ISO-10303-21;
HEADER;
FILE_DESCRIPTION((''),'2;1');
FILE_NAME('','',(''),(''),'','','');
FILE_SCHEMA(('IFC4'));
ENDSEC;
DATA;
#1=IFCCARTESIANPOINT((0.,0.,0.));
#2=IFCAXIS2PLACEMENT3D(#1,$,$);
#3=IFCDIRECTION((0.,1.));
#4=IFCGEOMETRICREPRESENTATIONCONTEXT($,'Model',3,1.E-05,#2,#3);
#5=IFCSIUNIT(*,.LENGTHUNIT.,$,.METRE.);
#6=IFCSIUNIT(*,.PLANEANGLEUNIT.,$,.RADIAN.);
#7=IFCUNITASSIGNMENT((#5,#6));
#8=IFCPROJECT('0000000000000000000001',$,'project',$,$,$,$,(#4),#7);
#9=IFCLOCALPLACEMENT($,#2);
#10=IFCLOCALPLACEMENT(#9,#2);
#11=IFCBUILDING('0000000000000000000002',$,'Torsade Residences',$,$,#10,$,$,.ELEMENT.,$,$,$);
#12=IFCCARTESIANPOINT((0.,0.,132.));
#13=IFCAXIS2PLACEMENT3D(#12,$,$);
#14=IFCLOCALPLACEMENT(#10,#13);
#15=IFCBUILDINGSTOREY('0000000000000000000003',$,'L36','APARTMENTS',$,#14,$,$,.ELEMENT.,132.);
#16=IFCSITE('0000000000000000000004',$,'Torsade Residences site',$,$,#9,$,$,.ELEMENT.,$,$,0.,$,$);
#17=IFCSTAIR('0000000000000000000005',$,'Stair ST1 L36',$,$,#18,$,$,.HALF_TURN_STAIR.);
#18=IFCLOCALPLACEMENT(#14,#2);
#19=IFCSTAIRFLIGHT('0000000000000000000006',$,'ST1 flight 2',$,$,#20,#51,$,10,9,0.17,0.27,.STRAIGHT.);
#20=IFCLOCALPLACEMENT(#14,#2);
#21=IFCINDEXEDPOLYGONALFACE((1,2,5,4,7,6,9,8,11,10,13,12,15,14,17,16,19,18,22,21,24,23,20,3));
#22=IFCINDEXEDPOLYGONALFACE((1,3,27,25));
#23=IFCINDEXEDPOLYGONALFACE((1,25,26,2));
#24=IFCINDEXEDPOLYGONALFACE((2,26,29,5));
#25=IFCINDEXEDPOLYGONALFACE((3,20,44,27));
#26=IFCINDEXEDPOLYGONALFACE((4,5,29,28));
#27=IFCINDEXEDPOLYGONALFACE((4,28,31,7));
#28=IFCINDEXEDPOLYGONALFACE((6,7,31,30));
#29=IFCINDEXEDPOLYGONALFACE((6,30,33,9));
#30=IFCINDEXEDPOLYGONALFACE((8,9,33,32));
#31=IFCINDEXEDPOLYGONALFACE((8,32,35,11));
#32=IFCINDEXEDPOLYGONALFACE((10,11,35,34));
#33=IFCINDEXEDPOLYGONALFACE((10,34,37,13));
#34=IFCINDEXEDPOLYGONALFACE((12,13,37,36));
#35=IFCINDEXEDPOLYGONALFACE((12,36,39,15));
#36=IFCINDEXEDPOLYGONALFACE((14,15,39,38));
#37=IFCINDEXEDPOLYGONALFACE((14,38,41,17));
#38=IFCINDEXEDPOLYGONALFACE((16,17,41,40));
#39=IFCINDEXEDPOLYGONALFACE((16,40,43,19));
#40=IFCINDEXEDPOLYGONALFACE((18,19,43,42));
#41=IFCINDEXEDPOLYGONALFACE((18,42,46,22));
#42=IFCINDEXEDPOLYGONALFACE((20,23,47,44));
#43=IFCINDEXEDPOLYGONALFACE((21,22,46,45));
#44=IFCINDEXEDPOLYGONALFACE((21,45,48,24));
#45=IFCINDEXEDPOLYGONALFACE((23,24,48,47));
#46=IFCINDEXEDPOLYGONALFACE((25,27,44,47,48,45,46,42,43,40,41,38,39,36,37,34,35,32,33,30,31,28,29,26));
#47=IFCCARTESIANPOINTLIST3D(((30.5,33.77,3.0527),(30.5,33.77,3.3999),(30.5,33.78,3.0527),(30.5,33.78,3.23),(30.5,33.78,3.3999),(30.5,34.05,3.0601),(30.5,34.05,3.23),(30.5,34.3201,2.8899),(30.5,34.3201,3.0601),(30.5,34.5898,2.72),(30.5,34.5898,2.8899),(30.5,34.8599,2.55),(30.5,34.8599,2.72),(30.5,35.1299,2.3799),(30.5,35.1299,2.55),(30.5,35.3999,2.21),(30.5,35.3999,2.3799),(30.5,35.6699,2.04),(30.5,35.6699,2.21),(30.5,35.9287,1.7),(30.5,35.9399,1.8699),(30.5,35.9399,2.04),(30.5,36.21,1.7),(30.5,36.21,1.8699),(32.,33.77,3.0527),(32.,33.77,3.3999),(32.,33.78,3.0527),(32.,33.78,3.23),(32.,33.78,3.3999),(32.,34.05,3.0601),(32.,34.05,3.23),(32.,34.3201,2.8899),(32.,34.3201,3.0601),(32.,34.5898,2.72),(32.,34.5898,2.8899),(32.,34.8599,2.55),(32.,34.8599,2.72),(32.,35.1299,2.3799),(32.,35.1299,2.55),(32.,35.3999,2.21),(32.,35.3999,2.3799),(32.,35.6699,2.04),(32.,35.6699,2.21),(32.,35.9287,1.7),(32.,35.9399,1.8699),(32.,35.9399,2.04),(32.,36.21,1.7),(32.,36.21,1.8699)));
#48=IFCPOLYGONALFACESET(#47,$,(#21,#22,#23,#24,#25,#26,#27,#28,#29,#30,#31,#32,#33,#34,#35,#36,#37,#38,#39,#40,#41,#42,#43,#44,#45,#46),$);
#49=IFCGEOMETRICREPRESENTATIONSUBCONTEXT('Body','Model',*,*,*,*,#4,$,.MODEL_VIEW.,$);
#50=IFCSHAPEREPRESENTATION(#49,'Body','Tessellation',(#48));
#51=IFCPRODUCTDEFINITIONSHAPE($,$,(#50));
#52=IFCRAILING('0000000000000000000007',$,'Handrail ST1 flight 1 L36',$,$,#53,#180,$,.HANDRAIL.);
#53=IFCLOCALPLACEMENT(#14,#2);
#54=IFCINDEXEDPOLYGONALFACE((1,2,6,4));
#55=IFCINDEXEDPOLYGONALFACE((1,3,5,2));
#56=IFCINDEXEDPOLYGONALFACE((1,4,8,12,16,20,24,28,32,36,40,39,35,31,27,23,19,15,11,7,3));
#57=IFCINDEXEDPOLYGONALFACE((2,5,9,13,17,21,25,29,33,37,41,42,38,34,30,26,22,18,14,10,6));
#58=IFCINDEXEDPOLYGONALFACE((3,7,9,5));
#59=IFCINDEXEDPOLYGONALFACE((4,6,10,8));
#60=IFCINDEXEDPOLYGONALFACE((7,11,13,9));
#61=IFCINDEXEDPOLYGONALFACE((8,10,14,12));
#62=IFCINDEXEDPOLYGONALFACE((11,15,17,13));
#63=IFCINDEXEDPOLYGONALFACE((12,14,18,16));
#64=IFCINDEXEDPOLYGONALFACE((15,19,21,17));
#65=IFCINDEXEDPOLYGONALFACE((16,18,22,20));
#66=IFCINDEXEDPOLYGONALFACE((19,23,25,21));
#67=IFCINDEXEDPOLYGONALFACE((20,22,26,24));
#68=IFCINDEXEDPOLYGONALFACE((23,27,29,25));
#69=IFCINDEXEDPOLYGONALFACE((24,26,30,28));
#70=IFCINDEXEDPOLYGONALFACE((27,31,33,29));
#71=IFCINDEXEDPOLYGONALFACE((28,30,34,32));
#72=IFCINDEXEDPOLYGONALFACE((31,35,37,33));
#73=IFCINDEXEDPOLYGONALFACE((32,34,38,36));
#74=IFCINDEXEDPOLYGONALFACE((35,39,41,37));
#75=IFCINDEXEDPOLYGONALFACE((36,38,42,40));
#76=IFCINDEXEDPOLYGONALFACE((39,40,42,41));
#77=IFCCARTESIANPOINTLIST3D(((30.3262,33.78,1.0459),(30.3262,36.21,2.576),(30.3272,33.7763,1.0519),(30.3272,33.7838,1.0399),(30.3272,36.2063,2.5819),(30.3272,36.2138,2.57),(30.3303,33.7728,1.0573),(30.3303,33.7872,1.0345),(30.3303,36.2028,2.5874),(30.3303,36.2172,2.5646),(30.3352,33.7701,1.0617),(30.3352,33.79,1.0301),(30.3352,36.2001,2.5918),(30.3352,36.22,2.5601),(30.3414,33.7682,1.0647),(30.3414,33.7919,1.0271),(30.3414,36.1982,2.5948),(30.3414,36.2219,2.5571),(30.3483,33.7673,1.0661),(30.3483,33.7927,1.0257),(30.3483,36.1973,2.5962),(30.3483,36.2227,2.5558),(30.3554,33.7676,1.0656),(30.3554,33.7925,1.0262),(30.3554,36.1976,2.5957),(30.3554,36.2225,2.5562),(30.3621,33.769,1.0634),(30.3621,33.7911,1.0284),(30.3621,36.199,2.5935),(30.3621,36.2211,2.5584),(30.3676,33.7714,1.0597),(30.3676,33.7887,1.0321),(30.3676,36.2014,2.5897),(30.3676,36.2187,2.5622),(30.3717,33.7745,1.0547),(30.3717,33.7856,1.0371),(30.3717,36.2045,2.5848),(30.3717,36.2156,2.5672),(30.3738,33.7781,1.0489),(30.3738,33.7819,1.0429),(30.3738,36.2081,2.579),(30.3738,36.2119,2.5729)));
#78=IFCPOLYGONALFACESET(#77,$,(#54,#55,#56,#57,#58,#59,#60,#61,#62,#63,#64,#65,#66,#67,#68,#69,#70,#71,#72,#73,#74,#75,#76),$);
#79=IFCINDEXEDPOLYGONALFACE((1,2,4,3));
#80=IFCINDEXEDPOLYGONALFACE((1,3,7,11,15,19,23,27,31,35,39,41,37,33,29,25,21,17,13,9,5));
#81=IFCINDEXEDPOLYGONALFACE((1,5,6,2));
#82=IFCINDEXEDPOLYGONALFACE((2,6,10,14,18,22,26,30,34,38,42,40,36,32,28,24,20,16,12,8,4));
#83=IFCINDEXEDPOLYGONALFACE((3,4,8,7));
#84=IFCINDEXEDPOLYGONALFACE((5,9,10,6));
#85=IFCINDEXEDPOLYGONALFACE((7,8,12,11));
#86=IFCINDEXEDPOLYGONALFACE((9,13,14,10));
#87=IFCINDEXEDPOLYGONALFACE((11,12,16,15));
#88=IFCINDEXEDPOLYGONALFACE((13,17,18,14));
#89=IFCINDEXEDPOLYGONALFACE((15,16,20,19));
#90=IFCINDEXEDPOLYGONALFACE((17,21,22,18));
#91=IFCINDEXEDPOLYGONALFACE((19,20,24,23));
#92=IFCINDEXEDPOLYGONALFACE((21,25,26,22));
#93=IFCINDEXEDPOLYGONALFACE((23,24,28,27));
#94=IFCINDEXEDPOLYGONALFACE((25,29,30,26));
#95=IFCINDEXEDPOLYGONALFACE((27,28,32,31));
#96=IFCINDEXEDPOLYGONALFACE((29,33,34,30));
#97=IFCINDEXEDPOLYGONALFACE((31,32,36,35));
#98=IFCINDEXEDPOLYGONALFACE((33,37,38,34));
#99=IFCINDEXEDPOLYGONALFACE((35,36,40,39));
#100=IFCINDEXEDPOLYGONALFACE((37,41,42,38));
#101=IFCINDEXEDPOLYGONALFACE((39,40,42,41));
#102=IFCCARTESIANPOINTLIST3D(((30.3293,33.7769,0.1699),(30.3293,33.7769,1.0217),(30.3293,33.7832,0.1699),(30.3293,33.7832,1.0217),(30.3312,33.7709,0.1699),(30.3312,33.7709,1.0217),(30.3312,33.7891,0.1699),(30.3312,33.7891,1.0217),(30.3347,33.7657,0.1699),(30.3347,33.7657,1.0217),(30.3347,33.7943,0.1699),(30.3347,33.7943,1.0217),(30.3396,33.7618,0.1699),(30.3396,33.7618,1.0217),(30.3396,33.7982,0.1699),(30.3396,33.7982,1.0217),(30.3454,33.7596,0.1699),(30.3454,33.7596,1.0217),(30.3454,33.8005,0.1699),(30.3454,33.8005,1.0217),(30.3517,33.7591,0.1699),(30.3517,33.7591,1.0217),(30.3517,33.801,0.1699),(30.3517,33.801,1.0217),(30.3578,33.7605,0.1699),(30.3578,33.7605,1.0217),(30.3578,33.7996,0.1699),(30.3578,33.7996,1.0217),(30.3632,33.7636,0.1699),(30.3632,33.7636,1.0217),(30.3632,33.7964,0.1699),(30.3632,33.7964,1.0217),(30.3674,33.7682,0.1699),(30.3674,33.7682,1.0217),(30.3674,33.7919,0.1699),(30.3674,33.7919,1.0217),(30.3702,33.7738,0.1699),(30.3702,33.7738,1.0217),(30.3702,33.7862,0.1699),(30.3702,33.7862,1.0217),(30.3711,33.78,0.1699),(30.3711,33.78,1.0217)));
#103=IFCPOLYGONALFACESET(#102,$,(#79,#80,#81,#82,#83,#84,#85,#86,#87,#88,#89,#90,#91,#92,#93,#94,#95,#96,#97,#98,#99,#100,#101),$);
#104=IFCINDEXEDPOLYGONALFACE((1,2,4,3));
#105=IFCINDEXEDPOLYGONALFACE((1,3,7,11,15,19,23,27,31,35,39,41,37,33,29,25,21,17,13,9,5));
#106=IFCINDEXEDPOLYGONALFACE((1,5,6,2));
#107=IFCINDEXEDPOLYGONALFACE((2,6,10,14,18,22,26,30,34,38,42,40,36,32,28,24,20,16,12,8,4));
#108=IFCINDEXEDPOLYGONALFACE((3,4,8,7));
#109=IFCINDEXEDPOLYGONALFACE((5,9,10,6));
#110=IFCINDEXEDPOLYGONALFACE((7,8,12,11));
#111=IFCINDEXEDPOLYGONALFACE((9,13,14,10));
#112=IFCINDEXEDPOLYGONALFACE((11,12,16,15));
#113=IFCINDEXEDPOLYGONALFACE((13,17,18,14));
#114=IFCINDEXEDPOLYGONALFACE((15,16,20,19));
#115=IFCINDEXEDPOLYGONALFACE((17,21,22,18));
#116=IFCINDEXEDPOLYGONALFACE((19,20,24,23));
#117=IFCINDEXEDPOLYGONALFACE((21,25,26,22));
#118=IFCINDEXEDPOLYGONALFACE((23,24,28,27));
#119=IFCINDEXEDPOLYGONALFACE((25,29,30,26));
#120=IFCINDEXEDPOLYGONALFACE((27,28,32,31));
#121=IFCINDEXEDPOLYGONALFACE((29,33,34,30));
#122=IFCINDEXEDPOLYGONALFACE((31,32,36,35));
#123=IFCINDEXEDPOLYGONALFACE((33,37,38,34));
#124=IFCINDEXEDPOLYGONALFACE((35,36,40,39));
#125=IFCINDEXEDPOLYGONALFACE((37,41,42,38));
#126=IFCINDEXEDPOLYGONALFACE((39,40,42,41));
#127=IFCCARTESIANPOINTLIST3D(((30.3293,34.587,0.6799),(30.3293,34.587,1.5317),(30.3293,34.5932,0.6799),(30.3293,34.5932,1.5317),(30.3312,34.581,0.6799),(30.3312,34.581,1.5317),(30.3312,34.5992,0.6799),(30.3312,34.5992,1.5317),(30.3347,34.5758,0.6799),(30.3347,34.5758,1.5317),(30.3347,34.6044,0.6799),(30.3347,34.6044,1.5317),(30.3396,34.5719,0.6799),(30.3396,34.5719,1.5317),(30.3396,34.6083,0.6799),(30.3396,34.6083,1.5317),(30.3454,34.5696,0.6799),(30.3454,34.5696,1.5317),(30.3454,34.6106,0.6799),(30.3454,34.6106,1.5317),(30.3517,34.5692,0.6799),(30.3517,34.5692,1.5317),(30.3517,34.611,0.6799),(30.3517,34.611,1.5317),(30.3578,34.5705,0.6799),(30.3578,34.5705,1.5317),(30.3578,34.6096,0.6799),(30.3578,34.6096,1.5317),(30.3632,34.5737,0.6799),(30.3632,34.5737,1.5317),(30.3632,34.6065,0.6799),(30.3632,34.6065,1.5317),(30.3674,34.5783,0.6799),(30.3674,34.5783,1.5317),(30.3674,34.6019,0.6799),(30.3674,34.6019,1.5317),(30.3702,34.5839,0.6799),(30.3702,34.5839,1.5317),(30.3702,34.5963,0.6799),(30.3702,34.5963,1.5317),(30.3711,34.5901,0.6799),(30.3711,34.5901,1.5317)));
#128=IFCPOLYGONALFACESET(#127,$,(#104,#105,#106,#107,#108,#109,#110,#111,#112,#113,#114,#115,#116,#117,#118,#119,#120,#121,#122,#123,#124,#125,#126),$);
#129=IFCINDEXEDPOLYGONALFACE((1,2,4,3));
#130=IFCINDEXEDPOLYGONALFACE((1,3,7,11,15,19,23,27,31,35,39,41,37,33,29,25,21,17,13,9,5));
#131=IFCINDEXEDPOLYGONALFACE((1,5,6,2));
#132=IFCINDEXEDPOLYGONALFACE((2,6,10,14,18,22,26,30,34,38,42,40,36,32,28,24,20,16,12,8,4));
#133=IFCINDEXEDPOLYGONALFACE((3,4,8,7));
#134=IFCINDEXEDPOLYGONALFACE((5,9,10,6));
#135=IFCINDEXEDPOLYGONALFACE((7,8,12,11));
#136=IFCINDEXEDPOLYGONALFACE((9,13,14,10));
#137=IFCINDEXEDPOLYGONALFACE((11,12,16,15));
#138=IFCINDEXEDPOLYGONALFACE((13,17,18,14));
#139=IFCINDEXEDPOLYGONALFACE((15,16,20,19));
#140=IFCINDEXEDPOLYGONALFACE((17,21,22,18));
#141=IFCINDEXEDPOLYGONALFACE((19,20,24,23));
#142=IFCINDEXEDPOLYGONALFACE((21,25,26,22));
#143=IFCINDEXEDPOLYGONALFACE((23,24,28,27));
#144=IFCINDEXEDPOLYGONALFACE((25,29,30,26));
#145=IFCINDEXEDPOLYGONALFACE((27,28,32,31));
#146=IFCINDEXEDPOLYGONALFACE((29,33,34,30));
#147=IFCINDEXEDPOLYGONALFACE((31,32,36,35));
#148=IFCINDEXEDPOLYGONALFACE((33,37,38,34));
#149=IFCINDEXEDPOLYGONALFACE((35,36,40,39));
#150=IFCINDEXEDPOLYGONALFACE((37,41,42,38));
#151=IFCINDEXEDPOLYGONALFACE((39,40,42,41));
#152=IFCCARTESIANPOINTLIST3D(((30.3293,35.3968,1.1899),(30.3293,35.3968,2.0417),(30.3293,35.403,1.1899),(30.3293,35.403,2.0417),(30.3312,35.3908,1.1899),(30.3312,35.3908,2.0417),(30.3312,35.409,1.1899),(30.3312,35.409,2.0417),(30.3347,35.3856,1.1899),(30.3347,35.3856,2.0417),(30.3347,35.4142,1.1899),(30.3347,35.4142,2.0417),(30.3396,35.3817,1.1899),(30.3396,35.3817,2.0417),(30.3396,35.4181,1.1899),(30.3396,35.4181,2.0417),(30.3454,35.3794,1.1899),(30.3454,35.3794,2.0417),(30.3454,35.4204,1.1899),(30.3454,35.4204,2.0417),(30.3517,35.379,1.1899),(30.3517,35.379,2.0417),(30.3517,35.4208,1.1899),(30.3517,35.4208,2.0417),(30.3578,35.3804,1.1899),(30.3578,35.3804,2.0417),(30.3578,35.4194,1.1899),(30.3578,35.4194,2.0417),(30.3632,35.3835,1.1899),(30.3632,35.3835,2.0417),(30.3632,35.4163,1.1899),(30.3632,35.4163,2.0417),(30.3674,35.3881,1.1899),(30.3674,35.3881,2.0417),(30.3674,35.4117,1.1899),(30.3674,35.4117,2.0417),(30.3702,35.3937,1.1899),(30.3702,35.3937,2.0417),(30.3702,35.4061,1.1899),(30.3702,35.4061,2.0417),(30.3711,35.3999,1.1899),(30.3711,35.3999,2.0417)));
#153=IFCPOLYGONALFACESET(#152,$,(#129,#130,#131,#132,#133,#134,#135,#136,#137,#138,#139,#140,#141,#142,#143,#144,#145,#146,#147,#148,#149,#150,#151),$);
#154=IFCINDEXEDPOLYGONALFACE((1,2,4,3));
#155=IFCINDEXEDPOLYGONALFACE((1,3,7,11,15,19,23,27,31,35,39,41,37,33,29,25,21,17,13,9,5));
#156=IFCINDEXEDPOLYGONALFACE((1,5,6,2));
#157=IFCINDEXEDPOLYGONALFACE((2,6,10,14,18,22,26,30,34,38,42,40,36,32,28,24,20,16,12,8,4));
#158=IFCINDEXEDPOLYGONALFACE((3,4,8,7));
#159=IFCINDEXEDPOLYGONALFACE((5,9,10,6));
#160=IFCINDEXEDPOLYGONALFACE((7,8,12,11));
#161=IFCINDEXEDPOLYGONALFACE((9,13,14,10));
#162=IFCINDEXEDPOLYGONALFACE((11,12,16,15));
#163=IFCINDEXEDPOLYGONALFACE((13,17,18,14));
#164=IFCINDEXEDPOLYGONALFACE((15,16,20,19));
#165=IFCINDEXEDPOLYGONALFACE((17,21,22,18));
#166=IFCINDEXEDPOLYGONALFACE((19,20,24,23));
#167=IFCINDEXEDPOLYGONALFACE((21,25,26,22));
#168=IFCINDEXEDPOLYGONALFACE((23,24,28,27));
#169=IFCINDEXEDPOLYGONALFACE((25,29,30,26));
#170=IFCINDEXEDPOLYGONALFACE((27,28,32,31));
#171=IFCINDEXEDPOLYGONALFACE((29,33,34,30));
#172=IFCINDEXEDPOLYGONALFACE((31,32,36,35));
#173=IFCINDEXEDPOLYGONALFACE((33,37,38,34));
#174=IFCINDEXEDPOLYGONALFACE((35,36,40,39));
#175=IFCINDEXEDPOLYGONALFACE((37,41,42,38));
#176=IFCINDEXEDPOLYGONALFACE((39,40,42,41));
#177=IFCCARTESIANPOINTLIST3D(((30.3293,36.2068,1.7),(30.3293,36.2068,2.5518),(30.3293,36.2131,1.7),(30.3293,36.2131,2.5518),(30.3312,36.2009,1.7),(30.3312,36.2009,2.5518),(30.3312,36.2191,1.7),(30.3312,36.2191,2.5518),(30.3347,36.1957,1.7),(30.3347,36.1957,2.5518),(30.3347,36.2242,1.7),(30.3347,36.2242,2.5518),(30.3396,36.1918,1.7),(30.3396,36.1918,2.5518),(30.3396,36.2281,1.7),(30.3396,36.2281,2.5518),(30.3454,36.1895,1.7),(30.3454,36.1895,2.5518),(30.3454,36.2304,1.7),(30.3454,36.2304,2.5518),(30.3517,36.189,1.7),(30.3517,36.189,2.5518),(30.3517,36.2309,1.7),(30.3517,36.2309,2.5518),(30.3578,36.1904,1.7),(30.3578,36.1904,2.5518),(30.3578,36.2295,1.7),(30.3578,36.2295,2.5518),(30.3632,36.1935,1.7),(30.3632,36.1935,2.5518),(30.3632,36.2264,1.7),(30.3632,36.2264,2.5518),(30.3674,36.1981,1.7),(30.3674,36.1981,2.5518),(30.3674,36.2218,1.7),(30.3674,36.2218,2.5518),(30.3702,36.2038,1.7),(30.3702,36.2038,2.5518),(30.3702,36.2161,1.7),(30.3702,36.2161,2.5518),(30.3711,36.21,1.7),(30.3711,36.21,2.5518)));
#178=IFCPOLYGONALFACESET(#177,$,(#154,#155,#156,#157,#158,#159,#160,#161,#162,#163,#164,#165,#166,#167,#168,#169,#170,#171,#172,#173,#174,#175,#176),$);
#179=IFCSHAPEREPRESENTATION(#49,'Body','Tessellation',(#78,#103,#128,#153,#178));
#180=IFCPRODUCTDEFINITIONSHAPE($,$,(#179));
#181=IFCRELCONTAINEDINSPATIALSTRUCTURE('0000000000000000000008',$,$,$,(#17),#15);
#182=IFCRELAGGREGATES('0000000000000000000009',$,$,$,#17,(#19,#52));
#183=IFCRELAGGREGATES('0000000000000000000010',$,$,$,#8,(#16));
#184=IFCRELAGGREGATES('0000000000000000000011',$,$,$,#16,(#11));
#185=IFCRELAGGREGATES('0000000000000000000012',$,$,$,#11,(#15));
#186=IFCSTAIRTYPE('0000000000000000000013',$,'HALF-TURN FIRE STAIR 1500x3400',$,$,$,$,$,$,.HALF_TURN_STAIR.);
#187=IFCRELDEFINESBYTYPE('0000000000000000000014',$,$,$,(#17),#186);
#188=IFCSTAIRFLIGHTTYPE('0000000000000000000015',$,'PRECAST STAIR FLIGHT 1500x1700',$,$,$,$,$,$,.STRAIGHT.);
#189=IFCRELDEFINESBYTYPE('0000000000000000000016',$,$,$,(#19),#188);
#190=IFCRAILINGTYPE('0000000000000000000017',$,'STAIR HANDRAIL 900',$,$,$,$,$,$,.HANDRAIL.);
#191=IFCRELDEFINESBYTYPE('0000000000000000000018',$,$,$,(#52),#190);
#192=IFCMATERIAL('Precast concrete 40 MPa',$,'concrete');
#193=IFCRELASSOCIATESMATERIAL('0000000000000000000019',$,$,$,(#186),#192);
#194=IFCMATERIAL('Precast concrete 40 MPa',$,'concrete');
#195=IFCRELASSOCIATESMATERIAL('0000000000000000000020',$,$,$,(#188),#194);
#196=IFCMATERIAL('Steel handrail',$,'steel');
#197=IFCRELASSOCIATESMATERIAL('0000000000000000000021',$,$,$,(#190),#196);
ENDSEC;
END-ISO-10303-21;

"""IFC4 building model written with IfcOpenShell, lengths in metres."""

from ifc_helpers import new_model, si_unit, direction, frame, origin, origin_2d, place, context, subcontext, project, spatial, polyline, circle, outline, extrude, material, type_object, element, aggregate, save


model = new_model("IFC4")

# Units and contexts
model_context = context("Model", 3, precision=1e-05, world=origin(), true_north=direction((0.0, 1.0)))
body_context = subcontext(model_context, "Body", "Model", "MODEL_VIEW")
ifc_project = project(units=[si_unit("LENGTHUNIT", "METRE"), si_unit("PLANEANGLEUNIT", "RADIAN")], contexts=[model_context])

# Site, building, storey
site_placement = place(None, origin())
site = spatial("IfcSite", under=ifc_project, at=site_placement, Name="Torsade Residences site", CompositionType="ELEMENT", RefElevation=0.0)
building_placement = place(site_placement, origin())
building = spatial("IfcBuilding", under=site, at=building_placement, Name="Torsade Residences", CompositionType="ELEMENT")
storey_placement = place(building_placement, frame((0.0, 0.0, 132.0)))
storey = spatial("IfcBuildingStorey", under=building, at=storey_placement, Name="L36", Description="APARTMENTS", CompositionType="ELEMENT", Elevation=132.0)

# Stair, stair flight, railing
ifc_material_1 = material(Name="Precast concrete 40 MPa", Category="concrete")
stair_type = type_object("IfcStairType", Name="HALF-TURN FIRE STAIR 1500x3400", PredefinedType="HALF_TURN_STAIR", material=ifc_material_1)
stair_placement = place(storey_placement, origin())
stair = element("IfcStair", 1, at=stair_placement, inside=storey, type_object=stair_type, Name="Stair ST1 L36", PredefinedType="HALF_TURN_STAIR")
ifc_material_2 = material(Name="Precast concrete 40 MPa", Category="concrete")
stair_flight_type = type_object("IfcStairFlightType", Name="PRECAST STAIR FLIGHT 1500x1700", PredefinedType="STRAIGHT", material=ifc_material_2)
stair_flight_1_placement = place(storey_placement, frame((31.25, 36.21, 1.7), z_axis=(0.0, 0.0, 1.0), x_axis=(0.0, -1.0, 0.0)))
stair_flight_1 = element("IfcStairFlight", 2, at=stair_flight_1_placement, type_object=stair_flight_type, Name="ST1 flight 2", NumberOfRisers=10, NumberOfTreads=9, PredefinedType="STRAIGHT", RiserHeight=0.17, TreadLength=0.27, context=body_context, shape_type="SweptSolid", body=[
    extrude(outline(polyline([(0.0, 0.0), (0.0, 0.1699), (0.27, 0.1699), (0.27, 0.3401), (0.54, 0.3401), (0.54, 0.51), (0.8101, 0.51), (0.8101, 0.6799), (1.0801, 0.6799), (1.0801, 0.8501), (1.3501, 0.8501), (1.3501, 1.02), (1.6201, 1.02), (1.6201, 1.1899), (1.8899, 1.1899), (1.8899, 1.3601), (2.1599, 1.3601), (2.1599, 1.53), (2.4299, 1.53), (2.4299, 1.7), (2.4399, 1.7), (2.4399, 1.3528), (2.4299, 1.3528), (0.2812, 0.0), (0.0, 0.0)])), frame((0.0, 0.75, 0.0), z_axis=(0.0, -1.0, 0.0), x_axis=(1.0, 0.0, 0.0)), (0.0, 0.0, 1.0), 1.5),
])
ifc_material_3 = material(Name="Steel handrail", Category="steel")
railing_type = type_object("IfcRailingType", Name="STAIR HANDRAIL 900", PredefinedType="HANDRAIL", material=ifc_material_3)
railing_1_placement = place(storey_placement, frame((30.3501, 33.78, 0.1699)))
railing_1 = element("IfcRailing", 3, at=railing_1_placement, type_object=railing_type, Name="Handrail ST1 flight 1 L36", PredefinedType="HANDRAIL", context=body_context, shape_type="SweptSolid", body=[
    extrude(circle(Radius=0.0239, at=origin_2d()), frame((0.0, 0.0, 0.876), z_axis=(0.0, 0.846221, 0.532831), x_axis=(-1.0, 0.0, 0.0)), (0.0, 0.0, 1.0), 2.8716),
    extrude(circle(Radius=0.021, at=origin_2d()), origin(), (0.0, 0.0, 1.0), 0.8518),
    extrude(circle(Radius=0.021, at=origin_2d()), frame((0.0, 0.8101, 0.51)), (0.0, 0.0, 1.0), 0.8518),
    extrude(circle(Radius=0.021, at=origin_2d()), frame((0.0, 1.6199, 1.02)), (0.0, 0.0, 1.0), 0.8518),
    extrude(circle(Radius=0.021, at=origin_2d()), frame((0.0, 2.4299, 1.53)), (0.0, 0.0, 1.0), 0.8518),
])
aggregate(stair, [stair_flight_1, railing_1])

save(model, "model.ifc")
